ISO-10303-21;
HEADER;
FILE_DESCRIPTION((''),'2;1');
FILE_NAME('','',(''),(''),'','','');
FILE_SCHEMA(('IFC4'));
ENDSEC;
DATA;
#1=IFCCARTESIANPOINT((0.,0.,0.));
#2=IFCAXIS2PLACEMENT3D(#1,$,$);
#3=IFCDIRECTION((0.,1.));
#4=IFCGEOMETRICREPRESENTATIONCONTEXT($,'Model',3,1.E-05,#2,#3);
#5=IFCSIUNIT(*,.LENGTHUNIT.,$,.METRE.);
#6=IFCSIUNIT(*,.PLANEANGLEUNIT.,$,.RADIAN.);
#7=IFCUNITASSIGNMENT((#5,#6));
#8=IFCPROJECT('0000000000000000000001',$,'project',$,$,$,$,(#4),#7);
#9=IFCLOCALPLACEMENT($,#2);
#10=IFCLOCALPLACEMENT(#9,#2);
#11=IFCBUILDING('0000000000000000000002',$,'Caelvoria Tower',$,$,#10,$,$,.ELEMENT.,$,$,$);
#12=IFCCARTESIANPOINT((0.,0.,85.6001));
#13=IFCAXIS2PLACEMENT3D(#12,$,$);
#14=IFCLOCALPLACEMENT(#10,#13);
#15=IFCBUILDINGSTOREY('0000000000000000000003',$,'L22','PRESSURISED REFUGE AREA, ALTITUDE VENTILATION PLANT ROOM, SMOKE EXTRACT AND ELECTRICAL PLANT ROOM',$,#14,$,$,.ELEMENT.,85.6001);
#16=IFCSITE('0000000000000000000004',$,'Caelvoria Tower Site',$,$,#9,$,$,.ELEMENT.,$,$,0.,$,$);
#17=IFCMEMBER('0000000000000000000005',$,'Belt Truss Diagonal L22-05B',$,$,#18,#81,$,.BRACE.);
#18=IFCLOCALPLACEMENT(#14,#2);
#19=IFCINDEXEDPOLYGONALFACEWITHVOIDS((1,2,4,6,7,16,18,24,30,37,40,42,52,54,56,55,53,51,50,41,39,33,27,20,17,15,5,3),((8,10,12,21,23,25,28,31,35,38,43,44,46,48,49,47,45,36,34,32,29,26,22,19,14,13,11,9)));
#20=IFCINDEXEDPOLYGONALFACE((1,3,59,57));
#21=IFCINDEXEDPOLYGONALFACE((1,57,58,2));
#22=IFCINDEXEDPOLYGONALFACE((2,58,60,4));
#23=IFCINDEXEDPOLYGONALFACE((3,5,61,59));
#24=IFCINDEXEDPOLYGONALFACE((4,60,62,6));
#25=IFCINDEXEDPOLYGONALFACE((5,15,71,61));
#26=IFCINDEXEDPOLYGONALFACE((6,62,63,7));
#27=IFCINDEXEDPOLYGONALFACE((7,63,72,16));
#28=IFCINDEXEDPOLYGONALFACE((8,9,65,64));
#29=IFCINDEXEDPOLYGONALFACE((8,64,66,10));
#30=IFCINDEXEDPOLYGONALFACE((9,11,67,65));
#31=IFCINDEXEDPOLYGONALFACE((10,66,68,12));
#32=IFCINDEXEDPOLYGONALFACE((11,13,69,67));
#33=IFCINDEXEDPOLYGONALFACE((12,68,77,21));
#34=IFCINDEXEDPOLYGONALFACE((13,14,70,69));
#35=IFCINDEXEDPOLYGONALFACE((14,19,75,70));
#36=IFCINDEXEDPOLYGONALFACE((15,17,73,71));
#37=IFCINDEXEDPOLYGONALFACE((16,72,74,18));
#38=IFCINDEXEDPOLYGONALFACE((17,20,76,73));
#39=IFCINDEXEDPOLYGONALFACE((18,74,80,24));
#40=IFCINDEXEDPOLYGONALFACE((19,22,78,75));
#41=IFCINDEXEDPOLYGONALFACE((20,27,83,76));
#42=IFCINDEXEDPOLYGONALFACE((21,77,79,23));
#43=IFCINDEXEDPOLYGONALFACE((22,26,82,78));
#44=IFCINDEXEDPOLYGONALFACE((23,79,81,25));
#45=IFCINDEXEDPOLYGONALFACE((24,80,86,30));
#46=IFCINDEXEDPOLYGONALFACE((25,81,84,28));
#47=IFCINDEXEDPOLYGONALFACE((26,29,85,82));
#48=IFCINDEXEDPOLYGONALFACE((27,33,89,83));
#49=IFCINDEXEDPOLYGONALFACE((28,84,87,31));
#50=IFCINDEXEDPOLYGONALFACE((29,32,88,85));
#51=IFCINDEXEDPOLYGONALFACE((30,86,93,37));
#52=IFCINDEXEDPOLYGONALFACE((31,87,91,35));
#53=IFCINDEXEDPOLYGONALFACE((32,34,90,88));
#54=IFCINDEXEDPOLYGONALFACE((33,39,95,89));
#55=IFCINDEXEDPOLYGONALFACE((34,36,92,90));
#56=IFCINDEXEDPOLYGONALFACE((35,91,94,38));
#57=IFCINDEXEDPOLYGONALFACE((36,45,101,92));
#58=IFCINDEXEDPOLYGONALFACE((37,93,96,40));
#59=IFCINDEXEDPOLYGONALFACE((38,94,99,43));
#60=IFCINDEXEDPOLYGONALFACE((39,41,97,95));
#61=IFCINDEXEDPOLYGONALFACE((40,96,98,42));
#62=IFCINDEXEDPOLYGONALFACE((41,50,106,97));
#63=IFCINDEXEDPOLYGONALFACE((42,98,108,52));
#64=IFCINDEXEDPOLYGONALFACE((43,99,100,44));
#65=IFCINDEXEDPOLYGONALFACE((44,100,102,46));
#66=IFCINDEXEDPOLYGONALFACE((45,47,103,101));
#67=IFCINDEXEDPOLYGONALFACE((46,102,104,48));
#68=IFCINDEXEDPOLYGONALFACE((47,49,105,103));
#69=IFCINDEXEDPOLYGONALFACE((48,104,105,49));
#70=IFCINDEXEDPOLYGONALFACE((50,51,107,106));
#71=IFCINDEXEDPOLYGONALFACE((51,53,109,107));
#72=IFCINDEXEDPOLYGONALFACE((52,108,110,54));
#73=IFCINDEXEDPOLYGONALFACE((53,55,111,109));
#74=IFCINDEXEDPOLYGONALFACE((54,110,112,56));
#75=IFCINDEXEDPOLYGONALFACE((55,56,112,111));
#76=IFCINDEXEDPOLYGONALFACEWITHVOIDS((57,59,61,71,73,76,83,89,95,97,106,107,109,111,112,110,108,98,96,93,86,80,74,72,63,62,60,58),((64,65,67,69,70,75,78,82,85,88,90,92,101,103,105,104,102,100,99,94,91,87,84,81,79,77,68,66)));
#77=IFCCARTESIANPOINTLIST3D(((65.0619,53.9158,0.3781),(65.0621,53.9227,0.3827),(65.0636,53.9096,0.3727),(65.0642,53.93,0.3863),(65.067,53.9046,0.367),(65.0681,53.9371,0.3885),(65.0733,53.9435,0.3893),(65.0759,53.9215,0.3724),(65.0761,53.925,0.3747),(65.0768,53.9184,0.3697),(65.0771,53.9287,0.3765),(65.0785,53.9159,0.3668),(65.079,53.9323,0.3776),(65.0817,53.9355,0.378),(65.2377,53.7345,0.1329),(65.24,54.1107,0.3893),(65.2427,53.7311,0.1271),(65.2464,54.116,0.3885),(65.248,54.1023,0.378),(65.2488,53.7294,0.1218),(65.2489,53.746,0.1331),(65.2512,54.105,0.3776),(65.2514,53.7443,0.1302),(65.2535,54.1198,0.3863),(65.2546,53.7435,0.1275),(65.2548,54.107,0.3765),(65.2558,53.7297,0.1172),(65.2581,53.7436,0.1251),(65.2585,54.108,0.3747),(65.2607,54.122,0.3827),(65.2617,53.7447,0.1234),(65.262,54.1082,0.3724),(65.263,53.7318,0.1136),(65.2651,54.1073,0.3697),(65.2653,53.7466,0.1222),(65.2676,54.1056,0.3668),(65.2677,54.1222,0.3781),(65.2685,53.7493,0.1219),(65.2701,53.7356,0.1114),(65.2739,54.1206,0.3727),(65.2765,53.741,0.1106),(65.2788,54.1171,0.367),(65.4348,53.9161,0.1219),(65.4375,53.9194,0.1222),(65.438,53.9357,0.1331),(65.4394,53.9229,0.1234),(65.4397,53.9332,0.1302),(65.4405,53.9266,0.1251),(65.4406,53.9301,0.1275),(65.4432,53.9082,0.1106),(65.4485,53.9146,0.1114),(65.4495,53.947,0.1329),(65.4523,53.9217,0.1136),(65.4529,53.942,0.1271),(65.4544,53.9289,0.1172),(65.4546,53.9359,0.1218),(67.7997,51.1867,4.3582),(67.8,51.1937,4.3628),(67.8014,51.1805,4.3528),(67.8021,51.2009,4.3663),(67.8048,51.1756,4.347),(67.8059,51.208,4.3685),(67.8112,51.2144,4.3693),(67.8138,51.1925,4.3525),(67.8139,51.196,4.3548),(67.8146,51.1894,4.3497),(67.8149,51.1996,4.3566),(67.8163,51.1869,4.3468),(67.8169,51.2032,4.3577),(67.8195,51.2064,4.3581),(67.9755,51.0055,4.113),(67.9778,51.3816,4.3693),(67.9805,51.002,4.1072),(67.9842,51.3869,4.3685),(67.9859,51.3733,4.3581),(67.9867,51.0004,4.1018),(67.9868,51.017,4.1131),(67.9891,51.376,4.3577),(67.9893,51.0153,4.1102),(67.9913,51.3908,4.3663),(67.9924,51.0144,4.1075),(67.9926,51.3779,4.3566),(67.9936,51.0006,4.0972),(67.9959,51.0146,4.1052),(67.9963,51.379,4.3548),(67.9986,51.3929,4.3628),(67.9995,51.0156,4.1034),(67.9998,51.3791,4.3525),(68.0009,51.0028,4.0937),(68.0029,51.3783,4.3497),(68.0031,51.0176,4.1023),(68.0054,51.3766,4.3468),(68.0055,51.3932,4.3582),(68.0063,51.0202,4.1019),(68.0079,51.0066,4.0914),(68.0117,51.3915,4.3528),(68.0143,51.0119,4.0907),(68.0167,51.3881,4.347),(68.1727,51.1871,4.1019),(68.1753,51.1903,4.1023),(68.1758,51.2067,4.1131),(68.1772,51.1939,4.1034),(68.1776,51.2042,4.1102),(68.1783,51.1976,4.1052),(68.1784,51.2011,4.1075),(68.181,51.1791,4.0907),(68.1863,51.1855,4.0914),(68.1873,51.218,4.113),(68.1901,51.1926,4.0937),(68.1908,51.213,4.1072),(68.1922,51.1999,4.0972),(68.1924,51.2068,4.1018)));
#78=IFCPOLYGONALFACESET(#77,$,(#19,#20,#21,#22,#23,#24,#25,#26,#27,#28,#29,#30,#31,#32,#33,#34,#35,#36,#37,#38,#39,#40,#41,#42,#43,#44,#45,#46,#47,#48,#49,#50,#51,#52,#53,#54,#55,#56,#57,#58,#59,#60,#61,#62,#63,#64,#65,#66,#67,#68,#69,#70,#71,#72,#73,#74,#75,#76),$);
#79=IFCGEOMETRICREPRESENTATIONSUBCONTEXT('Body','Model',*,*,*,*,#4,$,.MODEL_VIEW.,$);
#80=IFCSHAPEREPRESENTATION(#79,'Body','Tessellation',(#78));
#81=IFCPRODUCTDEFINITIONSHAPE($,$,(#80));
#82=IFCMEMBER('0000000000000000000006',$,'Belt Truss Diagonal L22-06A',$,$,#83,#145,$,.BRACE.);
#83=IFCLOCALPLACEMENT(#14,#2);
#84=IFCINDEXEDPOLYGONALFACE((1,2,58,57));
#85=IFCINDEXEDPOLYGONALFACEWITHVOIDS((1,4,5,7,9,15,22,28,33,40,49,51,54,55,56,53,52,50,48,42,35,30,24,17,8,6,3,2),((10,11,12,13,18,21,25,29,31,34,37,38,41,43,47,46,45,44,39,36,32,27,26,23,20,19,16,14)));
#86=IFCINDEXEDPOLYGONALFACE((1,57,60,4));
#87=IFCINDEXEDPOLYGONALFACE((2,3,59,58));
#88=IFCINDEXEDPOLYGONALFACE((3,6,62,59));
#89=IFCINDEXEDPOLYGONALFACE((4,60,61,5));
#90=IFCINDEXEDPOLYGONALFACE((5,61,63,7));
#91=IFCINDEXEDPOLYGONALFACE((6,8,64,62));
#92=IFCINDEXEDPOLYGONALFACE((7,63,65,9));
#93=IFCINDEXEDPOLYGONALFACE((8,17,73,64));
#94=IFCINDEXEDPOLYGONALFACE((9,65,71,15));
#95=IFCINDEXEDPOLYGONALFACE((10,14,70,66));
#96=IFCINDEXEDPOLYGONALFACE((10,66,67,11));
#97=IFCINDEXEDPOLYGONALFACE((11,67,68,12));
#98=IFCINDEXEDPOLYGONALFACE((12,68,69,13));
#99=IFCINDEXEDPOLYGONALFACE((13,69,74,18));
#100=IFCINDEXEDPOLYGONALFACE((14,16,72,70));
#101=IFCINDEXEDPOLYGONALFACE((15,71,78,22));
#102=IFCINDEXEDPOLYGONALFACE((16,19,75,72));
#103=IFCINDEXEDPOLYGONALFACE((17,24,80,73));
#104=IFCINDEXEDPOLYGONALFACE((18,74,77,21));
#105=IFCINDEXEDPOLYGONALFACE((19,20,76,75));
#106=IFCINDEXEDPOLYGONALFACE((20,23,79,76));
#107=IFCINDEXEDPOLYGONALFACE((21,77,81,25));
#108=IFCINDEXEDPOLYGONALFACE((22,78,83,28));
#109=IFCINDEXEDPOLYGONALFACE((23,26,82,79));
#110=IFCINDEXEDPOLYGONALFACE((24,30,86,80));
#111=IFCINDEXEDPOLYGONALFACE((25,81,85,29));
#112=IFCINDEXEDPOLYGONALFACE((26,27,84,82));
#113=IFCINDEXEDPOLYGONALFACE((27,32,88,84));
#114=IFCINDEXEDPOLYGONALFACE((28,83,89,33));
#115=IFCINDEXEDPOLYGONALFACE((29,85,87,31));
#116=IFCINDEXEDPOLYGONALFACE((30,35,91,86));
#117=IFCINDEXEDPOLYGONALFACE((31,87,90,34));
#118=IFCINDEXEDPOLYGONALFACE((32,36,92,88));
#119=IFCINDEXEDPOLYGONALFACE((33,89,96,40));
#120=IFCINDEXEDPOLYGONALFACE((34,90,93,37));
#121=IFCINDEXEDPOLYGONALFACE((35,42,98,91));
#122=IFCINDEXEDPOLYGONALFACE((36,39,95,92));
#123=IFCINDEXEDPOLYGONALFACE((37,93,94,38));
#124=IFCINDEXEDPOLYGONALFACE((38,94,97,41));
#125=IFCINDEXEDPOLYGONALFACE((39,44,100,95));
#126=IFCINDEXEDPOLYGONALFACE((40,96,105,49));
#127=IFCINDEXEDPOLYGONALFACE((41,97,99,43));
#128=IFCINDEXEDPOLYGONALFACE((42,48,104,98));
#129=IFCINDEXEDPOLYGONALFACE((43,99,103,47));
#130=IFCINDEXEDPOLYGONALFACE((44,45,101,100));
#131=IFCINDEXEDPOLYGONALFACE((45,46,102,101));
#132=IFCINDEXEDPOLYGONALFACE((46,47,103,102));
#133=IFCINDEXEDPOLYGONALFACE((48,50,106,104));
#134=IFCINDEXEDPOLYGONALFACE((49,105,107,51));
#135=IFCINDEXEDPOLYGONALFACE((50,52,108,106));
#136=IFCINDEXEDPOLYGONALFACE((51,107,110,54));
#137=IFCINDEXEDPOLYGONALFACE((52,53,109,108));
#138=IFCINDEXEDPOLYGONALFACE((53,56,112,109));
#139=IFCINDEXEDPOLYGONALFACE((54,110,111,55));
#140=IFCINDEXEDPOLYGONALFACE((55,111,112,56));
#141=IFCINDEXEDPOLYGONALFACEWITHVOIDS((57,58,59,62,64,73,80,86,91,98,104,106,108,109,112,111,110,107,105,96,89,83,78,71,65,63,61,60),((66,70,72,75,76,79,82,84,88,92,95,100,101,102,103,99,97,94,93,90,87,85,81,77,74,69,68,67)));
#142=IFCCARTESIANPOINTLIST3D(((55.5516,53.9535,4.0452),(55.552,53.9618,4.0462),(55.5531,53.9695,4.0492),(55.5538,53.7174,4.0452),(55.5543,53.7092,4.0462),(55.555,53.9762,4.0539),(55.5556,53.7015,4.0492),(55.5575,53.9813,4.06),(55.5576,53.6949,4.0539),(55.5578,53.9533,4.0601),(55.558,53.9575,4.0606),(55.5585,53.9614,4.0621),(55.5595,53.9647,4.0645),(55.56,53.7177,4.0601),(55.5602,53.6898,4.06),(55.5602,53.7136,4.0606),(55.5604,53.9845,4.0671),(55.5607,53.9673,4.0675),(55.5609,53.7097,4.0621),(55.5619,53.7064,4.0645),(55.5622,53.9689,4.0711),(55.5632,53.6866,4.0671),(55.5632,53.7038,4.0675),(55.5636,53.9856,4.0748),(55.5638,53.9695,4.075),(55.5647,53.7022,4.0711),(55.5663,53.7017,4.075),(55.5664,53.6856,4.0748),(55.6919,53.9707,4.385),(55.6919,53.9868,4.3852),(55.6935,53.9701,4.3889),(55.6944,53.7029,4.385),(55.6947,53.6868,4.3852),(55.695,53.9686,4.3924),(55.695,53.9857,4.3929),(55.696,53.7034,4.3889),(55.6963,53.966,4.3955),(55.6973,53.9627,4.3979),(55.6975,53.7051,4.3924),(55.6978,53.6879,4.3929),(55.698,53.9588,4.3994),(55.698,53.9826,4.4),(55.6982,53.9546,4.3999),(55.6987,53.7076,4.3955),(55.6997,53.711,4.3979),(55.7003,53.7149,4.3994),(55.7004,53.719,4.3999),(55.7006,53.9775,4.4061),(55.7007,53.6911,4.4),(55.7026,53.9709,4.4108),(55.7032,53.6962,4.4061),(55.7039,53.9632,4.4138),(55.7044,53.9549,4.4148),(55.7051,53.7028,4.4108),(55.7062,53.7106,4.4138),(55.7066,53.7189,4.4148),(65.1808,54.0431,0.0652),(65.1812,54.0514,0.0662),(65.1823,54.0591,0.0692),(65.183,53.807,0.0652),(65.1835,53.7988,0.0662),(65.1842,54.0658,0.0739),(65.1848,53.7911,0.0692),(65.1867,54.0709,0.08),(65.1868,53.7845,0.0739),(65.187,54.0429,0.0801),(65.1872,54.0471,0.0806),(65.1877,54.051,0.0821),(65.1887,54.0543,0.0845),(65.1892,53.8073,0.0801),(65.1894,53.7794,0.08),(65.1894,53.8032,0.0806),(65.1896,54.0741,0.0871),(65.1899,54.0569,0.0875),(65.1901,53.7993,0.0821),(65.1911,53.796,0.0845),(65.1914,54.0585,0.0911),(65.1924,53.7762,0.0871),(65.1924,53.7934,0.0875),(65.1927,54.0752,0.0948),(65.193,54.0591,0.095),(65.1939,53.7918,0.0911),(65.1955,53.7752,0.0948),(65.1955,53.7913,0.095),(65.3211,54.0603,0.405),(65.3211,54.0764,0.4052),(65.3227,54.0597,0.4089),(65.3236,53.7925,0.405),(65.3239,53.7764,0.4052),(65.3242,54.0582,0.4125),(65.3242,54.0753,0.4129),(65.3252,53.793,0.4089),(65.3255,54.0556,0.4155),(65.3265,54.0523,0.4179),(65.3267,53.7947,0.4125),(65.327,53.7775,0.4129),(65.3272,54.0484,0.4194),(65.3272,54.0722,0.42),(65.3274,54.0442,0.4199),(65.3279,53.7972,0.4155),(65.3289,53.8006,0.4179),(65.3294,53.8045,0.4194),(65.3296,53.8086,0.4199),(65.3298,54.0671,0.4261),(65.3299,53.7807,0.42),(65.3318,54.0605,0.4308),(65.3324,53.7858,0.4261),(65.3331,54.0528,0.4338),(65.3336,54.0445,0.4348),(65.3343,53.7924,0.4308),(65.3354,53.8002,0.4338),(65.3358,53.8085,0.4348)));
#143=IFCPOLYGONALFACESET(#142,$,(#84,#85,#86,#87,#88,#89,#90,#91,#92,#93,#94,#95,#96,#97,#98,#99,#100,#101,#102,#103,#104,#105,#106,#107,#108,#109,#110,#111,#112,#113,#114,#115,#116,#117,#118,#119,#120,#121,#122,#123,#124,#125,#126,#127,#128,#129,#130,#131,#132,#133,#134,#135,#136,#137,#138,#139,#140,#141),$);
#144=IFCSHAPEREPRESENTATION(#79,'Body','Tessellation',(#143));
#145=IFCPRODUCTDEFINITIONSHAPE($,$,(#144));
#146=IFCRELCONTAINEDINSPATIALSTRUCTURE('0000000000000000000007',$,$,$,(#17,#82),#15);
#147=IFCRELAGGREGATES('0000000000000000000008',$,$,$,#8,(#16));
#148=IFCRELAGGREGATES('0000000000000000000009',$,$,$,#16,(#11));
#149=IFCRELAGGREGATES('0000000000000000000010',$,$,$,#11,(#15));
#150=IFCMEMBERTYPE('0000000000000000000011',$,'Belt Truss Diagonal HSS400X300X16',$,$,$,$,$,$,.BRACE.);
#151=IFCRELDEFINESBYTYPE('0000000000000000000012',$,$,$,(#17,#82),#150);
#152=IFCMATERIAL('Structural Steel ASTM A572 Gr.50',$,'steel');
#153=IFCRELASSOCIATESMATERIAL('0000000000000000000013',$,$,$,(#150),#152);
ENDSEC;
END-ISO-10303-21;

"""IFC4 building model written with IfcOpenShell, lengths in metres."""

from ifc_helpers import new_model, si_unit, direction, frame, origin, origin_2d, place, context, subcontext, project, spatial, hollow_rectangle, extrude, material, material_profile, profile_set, type_object, element, save


model = new_model("IFC4")

# Units and contexts
model_context = context("Model", 3, precision=1e-05, world=origin(), true_north=direction((0.0, 1.0)))
body_context = subcontext(model_context, "Body", "Model", "MODEL_VIEW")
ifc_project = project(units=[si_unit("LENGTHUNIT", "METRE"), si_unit("PLANEANGLEUNIT", "RADIAN")], contexts=[model_context])

# Site, building, storey
site_placement = place(None, origin())
site = spatial("IfcSite", under=ifc_project, at=site_placement, Name="Caelvoria Tower Site", CompositionType="ELEMENT", RefElevation=0.0)
building_placement = place(site_placement, origin())
building = spatial("IfcBuilding", under=site, at=building_placement, Name="Caelvoria Tower", CompositionType="ELEMENT")
storey_placement = place(building_placement, frame((0.0, 0.0, 85.6001)))
storey = spatial("IfcBuildingStorey", under=building, at=storey_placement, Name="L22", Description="PRESSURISED REFUGE AREA, ALTITUDE VENTILATION PLANT ROOM, SMOKE EXTRACT AND ELECTRICAL PLANT ROOM", CompositionType="ELEMENT", Elevation=85.6001)

# Shared definitions
ifc_material_1 = material(Name="Structural Steel ASTM A572 Gr.50", Category="steel")

# Members
ifc_material_profile_1 = material_profile(ifc_material_1, hollow_rectangle(XDim=0.3, YDim=0.3999, WallThickness=0.0161, InnerFilletRadius=0.0161, OuterFilletRadius=0.032, at=origin_2d()), Name="Structural Steel ASTM A572 Gr.50")
ifc_profile_set_1 = profile_set([ifc_material_profile_1], Name="HSS400X300X16 - Structural Steel ASTM A572 Gr.50")
member_type_1 = type_object("IfcMemberType", Name="Belt Truss Diagonal HSS400X300X16", PredefinedType="BRACE", material=ifc_profile_set_1)
for number, where, z_axis, x_axis, name in (
    (1, (67.9961, 51.1968, 4.23), (-0.493451, 0.491866, -0.717338), (-0.705969, -0.708243, 0.0), "Belt Truss Diagonal L22-05B"),
):
    element("IfcMember", number, at=place(storey_placement, frame(where, z_axis=z_axis, x_axis=x_axis)), inside=storey, type_object=member_type_1, Name=name, PredefinedType="BRACE", context=body_context, shape_type="SweptSolid", body=[
        extrude(hollow_rectangle(XDim=0.3, YDim=0.3999, WallThickness=0.0161, InnerFilletRadius=0.0161, OuterFilletRadius=0.032, at=origin_2d()), origin(), (0.0, 0.0, 1.0), 5.5483),
    ])
member_1_placement = place(storey_placement, frame((65.2583, 53.9258, 0.25), z_axis=(-0.924135, -0.008599, 0.381969), x_axis=(0.009305, -0.999957, 0.0)))
element("IfcMember", 2, at=member_1_placement, inside=storey, type_object=member_type_1, Name="Belt Truss Diagonal L22-06A", PredefinedType="BRACE", context=body_context, shape_type="SweptSolid", body=[
    extrude(hollow_rectangle(XDim=0.3, YDim=0.3999, WallThickness=0.0161, InnerFilletRadius=0.0161, OuterFilletRadius=0.032, at=origin_2d()), origin(), (0.0, 0.0, 1.0), 10.4197),
])

save(model, "model.ifc")
